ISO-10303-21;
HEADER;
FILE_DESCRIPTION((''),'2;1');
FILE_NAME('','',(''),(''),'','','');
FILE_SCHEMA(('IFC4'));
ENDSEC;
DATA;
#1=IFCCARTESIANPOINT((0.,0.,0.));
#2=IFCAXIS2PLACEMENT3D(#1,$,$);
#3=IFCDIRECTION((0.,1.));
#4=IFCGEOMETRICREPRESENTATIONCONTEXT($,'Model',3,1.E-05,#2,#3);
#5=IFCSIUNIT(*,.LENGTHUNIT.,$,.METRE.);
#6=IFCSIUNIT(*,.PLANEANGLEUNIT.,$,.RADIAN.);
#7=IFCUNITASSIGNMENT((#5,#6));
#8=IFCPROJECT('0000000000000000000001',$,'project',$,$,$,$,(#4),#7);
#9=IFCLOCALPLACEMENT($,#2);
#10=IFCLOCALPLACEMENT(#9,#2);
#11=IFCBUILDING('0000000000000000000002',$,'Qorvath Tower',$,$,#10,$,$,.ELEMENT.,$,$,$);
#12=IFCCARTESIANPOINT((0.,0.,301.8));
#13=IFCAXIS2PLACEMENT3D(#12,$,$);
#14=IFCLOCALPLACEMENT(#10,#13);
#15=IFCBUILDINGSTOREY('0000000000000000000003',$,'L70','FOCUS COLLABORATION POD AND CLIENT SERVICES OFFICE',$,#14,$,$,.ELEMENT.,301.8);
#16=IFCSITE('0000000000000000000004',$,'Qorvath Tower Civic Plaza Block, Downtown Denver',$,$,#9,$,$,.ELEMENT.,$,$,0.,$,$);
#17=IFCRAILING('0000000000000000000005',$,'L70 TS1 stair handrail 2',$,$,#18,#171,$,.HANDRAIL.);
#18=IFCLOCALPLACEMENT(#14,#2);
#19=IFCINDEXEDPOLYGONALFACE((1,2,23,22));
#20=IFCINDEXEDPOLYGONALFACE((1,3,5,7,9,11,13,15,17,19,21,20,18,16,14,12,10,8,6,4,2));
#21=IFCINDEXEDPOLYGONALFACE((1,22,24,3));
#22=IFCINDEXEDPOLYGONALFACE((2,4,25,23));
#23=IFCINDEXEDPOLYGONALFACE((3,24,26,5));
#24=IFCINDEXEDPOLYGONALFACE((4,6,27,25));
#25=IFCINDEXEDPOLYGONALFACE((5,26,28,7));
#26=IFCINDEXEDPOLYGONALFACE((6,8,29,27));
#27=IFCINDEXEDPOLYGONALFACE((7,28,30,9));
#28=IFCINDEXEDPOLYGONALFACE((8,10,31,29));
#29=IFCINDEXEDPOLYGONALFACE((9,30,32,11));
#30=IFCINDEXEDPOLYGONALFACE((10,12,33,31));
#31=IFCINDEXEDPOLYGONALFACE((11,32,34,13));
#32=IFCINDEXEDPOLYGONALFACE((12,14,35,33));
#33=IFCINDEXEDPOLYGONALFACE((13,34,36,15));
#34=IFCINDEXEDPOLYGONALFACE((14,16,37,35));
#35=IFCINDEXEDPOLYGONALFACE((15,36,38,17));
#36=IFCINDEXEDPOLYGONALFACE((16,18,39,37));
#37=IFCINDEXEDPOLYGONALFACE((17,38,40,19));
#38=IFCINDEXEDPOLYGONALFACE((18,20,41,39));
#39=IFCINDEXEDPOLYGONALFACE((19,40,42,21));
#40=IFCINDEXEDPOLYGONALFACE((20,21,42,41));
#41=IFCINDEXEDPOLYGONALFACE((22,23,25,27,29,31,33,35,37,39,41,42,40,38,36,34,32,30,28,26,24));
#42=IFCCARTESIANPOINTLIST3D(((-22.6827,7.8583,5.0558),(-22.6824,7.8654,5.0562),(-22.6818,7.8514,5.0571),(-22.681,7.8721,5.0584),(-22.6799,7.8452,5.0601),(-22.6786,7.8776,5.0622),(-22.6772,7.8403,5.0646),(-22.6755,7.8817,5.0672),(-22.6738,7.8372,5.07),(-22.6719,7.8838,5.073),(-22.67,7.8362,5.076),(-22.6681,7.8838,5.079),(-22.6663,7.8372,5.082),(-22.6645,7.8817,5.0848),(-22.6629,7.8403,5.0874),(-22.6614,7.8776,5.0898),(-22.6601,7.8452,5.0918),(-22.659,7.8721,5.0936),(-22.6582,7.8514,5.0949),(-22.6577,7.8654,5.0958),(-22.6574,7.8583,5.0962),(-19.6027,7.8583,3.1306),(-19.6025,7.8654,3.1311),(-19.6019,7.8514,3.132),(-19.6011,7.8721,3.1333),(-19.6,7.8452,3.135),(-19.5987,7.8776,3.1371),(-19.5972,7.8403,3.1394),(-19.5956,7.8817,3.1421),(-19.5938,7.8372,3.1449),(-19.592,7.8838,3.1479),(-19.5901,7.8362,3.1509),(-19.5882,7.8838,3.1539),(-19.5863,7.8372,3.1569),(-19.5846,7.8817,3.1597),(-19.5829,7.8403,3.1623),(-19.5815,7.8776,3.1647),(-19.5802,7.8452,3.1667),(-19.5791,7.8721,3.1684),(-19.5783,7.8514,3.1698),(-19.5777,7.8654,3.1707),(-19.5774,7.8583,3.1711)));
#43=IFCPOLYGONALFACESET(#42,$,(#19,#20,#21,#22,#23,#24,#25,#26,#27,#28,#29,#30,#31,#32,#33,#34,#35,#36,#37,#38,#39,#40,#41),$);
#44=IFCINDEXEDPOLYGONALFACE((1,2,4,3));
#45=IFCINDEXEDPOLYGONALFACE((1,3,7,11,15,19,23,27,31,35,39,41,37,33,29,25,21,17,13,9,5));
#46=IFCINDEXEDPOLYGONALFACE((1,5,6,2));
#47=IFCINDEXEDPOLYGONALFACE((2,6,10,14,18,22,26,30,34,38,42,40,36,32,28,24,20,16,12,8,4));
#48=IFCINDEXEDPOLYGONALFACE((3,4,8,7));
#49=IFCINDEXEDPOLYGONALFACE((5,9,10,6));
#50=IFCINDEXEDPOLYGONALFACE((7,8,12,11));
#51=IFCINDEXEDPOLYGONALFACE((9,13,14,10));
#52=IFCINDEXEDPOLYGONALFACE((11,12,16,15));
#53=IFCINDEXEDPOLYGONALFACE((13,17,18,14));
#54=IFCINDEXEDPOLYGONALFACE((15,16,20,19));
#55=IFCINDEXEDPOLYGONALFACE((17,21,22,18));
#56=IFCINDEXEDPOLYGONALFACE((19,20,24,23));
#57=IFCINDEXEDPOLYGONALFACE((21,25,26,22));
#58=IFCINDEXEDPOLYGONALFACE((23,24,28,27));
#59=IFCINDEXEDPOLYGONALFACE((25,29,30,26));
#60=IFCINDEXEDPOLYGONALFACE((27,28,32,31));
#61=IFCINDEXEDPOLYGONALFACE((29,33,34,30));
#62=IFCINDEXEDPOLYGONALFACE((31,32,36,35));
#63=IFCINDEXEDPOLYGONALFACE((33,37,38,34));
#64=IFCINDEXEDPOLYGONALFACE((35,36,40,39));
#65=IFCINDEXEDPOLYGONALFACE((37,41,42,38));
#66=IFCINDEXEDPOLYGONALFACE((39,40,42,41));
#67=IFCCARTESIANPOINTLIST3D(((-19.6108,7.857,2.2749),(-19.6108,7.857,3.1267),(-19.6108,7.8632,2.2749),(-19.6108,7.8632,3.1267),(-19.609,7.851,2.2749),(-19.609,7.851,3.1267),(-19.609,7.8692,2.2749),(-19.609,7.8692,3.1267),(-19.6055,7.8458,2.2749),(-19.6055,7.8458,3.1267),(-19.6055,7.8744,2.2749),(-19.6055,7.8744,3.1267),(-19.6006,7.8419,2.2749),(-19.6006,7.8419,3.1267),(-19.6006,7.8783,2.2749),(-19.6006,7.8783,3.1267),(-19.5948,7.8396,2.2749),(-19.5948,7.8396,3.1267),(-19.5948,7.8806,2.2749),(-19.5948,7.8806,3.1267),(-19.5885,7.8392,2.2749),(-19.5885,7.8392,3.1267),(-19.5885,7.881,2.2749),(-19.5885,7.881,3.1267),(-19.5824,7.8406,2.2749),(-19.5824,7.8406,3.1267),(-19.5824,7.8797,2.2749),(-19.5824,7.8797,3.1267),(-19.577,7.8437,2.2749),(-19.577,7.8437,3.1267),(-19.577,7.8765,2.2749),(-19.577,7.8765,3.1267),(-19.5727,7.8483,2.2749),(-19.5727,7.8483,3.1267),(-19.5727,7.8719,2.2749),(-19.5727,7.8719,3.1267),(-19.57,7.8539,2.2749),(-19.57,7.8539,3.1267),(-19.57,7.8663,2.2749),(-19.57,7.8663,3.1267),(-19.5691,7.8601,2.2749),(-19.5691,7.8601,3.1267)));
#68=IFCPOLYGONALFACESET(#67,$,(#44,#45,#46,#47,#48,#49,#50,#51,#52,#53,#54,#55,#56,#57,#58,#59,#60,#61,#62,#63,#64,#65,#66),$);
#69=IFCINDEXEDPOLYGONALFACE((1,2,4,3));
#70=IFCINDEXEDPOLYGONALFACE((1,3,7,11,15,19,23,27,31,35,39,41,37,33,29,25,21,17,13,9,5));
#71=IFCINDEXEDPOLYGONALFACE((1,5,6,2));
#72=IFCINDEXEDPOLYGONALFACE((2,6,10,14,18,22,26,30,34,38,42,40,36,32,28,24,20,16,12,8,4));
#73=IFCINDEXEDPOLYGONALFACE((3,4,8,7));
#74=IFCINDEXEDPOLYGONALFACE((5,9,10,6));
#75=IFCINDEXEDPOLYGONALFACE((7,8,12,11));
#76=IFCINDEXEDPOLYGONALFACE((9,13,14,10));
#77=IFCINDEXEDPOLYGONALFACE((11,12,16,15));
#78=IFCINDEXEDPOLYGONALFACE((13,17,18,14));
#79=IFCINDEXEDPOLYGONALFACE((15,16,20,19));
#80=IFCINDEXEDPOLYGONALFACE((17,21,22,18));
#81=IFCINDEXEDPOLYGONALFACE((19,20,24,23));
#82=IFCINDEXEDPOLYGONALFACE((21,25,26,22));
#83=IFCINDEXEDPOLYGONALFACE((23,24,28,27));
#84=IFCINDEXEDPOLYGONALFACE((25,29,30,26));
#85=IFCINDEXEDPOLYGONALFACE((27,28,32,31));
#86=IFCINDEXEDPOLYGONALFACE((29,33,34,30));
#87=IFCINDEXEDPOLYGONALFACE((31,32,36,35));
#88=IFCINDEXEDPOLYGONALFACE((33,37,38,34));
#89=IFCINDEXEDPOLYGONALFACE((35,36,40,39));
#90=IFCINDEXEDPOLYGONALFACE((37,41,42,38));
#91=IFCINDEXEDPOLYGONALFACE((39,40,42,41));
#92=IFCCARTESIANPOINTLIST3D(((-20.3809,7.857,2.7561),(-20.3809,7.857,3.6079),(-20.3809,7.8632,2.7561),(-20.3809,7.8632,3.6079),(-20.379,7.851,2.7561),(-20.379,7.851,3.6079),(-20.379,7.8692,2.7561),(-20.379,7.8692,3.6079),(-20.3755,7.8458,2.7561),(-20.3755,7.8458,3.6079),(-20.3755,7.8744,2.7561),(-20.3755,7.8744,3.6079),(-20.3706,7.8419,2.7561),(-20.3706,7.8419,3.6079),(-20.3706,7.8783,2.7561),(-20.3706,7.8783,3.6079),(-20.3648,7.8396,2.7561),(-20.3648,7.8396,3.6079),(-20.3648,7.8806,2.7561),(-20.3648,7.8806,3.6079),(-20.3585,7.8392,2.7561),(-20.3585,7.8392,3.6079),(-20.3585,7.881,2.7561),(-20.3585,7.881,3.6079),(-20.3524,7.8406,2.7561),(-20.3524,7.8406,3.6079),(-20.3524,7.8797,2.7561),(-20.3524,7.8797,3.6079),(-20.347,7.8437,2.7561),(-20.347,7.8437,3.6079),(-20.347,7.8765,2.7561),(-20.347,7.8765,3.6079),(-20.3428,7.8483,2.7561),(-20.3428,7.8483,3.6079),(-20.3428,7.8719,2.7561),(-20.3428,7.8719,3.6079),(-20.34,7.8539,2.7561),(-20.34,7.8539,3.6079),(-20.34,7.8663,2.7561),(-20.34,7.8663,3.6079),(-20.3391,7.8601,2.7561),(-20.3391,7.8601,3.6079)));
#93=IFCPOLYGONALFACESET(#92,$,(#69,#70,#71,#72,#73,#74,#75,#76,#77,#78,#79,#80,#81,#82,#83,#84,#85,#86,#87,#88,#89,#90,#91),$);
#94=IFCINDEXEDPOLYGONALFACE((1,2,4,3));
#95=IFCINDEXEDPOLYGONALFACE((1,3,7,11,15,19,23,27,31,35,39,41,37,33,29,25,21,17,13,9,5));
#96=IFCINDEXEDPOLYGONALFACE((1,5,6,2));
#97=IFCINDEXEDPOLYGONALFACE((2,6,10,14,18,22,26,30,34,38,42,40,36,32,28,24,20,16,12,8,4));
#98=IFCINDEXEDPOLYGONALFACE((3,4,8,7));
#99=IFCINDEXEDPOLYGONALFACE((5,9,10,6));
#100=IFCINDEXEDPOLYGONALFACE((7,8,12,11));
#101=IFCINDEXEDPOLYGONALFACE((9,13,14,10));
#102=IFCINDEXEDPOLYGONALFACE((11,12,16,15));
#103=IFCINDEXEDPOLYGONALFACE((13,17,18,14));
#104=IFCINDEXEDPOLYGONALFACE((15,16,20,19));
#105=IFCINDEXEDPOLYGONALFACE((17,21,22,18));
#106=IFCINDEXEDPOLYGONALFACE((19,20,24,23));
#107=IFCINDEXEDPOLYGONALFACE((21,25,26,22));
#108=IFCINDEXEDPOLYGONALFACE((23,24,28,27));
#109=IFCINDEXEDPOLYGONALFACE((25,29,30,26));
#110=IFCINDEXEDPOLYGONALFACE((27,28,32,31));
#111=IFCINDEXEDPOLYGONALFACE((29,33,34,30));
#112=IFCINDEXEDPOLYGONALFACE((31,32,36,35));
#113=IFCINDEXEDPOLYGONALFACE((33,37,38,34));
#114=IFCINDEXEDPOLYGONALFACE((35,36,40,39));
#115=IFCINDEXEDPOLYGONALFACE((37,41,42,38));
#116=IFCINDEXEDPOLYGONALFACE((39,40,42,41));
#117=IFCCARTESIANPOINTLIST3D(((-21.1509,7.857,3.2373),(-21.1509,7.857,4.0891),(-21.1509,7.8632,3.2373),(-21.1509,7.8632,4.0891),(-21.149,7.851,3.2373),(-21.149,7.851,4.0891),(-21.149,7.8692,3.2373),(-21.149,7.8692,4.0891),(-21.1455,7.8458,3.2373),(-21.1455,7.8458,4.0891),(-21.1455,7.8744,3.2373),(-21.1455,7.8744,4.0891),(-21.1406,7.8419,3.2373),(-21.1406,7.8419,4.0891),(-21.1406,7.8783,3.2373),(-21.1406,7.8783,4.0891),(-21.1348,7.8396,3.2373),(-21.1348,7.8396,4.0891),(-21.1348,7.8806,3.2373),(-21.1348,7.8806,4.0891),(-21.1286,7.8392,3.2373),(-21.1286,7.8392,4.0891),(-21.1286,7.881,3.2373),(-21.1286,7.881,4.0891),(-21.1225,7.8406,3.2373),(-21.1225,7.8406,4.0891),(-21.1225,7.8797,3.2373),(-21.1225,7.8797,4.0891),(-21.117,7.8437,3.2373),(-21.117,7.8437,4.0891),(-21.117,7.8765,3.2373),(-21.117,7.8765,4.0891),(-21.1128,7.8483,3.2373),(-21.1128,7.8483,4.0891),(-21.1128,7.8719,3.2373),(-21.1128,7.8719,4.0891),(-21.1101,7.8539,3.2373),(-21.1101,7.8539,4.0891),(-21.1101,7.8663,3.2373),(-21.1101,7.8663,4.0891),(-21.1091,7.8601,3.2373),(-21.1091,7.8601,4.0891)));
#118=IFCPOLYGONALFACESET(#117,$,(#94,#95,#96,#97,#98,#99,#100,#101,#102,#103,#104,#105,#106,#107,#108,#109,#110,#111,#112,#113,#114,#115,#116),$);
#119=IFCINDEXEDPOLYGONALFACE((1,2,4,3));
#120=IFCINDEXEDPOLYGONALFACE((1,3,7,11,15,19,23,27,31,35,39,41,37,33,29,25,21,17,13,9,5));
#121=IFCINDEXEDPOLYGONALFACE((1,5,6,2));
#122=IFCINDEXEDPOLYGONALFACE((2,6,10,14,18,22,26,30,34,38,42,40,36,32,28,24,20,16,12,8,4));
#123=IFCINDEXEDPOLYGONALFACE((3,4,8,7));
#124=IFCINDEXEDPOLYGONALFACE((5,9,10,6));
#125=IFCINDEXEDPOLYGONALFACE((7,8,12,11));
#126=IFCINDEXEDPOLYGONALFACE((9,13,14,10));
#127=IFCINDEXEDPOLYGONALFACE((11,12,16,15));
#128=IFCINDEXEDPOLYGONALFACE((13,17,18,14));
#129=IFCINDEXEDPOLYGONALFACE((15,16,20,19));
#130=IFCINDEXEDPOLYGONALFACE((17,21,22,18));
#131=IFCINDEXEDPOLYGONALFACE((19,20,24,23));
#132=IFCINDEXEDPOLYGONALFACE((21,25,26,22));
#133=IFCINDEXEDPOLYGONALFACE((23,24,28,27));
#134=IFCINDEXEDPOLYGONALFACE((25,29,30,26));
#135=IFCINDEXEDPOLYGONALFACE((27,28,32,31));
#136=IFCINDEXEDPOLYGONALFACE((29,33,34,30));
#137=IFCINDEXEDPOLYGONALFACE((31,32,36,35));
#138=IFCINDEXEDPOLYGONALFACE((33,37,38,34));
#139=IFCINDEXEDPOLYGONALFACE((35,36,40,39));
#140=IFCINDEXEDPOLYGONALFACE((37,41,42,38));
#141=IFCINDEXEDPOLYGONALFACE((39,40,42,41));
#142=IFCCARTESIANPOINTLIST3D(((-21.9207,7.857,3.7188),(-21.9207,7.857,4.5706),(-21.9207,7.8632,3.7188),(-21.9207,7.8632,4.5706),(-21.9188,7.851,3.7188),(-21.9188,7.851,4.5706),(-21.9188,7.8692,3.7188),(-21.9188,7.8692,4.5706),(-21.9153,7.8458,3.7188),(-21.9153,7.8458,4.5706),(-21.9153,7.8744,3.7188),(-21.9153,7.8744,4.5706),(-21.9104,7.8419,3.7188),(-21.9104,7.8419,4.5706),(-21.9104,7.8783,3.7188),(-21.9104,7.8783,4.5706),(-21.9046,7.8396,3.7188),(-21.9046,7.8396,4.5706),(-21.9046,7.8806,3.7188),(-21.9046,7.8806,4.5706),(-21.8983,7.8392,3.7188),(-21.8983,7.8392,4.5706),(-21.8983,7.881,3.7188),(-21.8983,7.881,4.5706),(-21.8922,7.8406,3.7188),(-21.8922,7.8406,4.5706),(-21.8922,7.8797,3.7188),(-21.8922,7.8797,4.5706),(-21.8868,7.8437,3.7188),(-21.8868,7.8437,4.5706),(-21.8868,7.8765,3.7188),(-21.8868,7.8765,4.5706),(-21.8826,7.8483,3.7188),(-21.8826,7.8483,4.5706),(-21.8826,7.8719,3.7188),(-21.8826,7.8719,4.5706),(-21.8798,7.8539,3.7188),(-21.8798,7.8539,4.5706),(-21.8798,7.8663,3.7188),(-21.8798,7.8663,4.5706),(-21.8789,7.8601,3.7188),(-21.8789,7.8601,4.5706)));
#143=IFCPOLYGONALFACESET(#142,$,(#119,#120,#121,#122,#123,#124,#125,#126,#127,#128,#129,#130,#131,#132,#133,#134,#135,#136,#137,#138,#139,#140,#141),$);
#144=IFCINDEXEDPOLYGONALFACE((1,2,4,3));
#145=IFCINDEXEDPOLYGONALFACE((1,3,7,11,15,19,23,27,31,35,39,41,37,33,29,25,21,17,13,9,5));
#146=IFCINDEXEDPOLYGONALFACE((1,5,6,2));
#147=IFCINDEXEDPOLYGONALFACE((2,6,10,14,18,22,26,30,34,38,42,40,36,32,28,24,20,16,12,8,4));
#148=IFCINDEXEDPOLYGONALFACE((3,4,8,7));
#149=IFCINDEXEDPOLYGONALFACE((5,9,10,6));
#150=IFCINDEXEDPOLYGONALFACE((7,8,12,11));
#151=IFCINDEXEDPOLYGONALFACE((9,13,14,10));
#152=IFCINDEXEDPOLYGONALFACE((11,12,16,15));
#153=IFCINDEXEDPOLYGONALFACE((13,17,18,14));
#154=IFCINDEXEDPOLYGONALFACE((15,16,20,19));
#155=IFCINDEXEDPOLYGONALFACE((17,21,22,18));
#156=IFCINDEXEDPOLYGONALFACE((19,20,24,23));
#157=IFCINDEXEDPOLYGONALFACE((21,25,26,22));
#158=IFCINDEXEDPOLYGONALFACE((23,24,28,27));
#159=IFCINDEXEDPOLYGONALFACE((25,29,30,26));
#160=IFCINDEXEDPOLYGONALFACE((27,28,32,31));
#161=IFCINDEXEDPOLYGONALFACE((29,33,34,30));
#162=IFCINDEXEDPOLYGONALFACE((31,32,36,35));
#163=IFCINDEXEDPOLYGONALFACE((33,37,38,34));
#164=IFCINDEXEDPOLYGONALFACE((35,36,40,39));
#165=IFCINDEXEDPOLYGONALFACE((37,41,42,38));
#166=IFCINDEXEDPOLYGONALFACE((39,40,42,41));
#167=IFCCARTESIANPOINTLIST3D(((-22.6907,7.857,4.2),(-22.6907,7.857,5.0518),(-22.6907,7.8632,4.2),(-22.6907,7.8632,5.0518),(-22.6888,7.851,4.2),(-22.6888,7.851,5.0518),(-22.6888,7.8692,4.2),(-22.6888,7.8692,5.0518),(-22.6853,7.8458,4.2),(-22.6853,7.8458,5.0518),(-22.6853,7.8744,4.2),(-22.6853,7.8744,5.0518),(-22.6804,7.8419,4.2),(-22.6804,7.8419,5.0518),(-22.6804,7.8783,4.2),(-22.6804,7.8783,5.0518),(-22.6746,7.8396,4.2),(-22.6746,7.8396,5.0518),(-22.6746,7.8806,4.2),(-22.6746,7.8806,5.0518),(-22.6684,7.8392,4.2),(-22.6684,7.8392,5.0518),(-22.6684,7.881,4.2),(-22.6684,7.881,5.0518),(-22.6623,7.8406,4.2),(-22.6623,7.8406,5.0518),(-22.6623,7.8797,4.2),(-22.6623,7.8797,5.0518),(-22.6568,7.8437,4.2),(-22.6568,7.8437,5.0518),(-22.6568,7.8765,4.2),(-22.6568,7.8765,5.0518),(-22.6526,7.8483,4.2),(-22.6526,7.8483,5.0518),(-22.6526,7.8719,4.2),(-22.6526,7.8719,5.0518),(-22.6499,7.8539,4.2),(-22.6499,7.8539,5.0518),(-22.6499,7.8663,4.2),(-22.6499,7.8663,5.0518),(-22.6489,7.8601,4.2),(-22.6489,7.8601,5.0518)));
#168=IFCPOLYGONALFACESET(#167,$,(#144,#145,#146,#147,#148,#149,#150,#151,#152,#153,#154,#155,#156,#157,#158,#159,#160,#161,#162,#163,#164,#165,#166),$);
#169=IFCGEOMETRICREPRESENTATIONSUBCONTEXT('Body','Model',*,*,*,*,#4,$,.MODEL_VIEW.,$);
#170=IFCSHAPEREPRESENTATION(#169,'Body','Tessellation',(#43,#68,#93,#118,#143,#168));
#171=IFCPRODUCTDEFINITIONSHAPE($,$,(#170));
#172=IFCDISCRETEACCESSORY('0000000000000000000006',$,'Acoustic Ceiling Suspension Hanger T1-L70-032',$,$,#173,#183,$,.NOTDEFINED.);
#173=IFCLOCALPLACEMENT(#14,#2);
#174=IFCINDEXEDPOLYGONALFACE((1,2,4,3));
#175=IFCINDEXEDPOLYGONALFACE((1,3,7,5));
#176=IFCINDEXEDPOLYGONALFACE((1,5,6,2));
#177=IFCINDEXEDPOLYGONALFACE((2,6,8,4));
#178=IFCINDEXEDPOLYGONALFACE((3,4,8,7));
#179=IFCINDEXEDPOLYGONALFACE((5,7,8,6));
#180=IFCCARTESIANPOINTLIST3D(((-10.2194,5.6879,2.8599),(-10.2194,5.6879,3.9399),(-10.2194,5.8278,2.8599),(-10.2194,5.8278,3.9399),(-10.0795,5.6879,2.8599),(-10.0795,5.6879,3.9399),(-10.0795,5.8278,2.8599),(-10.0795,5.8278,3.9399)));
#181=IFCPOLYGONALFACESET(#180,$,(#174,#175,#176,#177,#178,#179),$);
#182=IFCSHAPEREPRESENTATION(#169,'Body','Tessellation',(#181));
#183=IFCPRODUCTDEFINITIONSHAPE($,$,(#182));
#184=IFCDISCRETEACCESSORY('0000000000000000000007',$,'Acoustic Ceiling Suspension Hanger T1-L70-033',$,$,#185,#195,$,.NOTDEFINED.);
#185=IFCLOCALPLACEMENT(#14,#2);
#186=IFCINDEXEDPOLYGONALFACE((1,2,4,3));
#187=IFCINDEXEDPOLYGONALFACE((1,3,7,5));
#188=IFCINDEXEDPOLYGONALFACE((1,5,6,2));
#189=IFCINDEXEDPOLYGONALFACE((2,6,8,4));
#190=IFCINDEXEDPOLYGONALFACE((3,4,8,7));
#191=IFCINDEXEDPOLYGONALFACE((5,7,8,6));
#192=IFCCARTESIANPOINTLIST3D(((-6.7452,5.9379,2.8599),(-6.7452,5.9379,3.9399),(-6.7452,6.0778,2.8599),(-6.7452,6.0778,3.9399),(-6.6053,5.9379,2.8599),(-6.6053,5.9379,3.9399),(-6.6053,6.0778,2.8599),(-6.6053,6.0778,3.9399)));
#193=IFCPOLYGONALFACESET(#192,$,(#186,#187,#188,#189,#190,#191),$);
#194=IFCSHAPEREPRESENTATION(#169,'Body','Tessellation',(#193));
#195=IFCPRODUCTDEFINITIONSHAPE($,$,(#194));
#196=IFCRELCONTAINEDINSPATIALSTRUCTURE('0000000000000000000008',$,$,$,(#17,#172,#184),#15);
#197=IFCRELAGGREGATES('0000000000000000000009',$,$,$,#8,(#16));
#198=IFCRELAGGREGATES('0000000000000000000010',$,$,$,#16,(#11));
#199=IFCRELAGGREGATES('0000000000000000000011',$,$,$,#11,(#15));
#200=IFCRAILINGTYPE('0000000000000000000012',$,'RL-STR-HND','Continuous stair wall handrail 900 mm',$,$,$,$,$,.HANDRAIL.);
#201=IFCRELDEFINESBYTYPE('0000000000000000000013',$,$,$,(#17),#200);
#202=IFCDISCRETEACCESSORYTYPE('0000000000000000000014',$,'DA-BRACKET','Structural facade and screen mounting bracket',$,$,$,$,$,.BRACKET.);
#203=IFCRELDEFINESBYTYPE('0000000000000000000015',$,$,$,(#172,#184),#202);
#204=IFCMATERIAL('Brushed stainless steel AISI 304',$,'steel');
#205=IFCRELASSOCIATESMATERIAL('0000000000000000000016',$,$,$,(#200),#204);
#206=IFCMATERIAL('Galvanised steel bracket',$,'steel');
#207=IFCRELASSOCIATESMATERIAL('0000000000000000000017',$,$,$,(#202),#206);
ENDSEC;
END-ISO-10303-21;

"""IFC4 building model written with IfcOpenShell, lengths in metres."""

from ifc_helpers import new_model, si_unit, direction, frame, origin, origin_2d, place, context, subcontext, project, spatial, rectangle, circle, extrude, material, type_object, element, save


model = new_model("IFC4")

# Units and contexts
model_context = context("Model", 3, precision=1e-05, world=origin(), true_north=direction((0.0, 1.0)))
body_context = subcontext(model_context, "Body", "Model", "MODEL_VIEW")
ifc_project = project(units=[si_unit("LENGTHUNIT", "METRE"), si_unit("PLANEANGLEUNIT", "RADIAN")], contexts=[model_context])

# Site, building, storey
site_placement = place(None, origin())
site = spatial("IfcSite", under=ifc_project, at=site_placement, Name="Qorvath Tower Civic Plaza Block, Downtown Denver", CompositionType="ELEMENT", RefElevation=0.0)
building_placement = place(site_placement, origin())
building = spatial("IfcBuilding", under=site, at=building_placement, Name="Qorvath Tower", CompositionType="ELEMENT")
storey_placement = place(building_placement, frame((0.0, 0.0, 301.8)))
storey = spatial("IfcBuildingStorey", under=building, at=storey_placement, Name="L70", Description="FOCUS COLLABORATION POD AND CLIENT SERVICES OFFICE", CompositionType="ELEMENT", Elevation=301.8)

# Railing
ifc_material_1 = material(Name="Brushed stainless steel AISI 304", Category="steel")
railing_type_1 = type_object("IfcRailingType", Name="RL-STR-HND", Description="Continuous stair wall handrail 900 mm", PredefinedType="HANDRAIL", material=ifc_material_1)
railing_1_placement = place(storey_placement, frame((-19.5901, 7.8601, 2.2749)))
element("IfcRailing", 1, at=railing_1_placement, inside=storey, type_object=railing_type_1, Name="L70 TS1 stair handrail 2", PredefinedType="HANDRAIL", context=body_context, shape_type="SweptSolid", body=[
    extrude(circle(Radius=0.0239, at=origin_2d()), frame((0.0, 0.0, 0.876), z_axis=(-0.847979, 0.0, 0.530029), x_axis=(0.0, -1.0, 0.0)), (0.0, 0.0, 1.0), 3.6321),
    extrude(circle(Radius=0.021, at=origin_2d()), origin(), (0.0, 0.0, 1.0), 0.8518),
    extrude(circle(Radius=0.021, at=origin_2d()), frame((-0.77, 0.0, 0.4812)), (0.0, 0.0, 1.0), 0.8518),
    extrude(circle(Radius=0.021, at=origin_2d()), frame((-1.54, 0.0, 0.9624)), (0.0, 0.0, 1.0), 0.8518),
    extrude(circle(Radius=0.021, at=origin_2d()), frame((-2.3098, 0.0, 1.4438)), (0.0, 0.0, 1.0), 0.8518),
    extrude(circle(Radius=0.021, at=origin_2d()), frame((-3.0798, 0.0, 1.925)), (0.0, 0.0, 1.0), 0.8518),
])

# Discrete accessories
ifc_material_2 = material(Name="Galvanised steel bracket", Category="steel")
discrete_accessory_type = type_object("IfcDiscreteAccessoryType", Name="DA-BRACKET", Description="Structural facade and screen mounting bracket", PredefinedType="BRACKET", material=ifc_material_2)
for number, where, z_axis, x_axis, name in (
    (2, (-10.1494, 5.7578, 2.8599), (0.0, 0.0, 1.0), (1.0, 0.0, 0.0), "Acoustic Ceiling Suspension Hanger T1-L70-032"),
    (3, (-6.6753, 6.0078, 2.8599), (0.0, 0.0, 1.0), (1.0, 0.0, 0.0), "Acoustic Ceiling Suspension Hanger T1-L70-033"),
):
    element("IfcDiscreteAccessory", number, at=place(storey_placement, frame(where, z_axis=z_axis, x_axis=x_axis)), inside=storey, type_object=discrete_accessory_type, Name=name, PredefinedType="NOTDEFINED", context=body_context, shape_type="SweptSolid", body=[
        extrude(rectangle(XDim=0.1399, YDim=0.1399, at=origin_2d()), origin(), (0.0, 0.0, 1.0), 1.0801),
    ])

save(model, "model.ifc")
